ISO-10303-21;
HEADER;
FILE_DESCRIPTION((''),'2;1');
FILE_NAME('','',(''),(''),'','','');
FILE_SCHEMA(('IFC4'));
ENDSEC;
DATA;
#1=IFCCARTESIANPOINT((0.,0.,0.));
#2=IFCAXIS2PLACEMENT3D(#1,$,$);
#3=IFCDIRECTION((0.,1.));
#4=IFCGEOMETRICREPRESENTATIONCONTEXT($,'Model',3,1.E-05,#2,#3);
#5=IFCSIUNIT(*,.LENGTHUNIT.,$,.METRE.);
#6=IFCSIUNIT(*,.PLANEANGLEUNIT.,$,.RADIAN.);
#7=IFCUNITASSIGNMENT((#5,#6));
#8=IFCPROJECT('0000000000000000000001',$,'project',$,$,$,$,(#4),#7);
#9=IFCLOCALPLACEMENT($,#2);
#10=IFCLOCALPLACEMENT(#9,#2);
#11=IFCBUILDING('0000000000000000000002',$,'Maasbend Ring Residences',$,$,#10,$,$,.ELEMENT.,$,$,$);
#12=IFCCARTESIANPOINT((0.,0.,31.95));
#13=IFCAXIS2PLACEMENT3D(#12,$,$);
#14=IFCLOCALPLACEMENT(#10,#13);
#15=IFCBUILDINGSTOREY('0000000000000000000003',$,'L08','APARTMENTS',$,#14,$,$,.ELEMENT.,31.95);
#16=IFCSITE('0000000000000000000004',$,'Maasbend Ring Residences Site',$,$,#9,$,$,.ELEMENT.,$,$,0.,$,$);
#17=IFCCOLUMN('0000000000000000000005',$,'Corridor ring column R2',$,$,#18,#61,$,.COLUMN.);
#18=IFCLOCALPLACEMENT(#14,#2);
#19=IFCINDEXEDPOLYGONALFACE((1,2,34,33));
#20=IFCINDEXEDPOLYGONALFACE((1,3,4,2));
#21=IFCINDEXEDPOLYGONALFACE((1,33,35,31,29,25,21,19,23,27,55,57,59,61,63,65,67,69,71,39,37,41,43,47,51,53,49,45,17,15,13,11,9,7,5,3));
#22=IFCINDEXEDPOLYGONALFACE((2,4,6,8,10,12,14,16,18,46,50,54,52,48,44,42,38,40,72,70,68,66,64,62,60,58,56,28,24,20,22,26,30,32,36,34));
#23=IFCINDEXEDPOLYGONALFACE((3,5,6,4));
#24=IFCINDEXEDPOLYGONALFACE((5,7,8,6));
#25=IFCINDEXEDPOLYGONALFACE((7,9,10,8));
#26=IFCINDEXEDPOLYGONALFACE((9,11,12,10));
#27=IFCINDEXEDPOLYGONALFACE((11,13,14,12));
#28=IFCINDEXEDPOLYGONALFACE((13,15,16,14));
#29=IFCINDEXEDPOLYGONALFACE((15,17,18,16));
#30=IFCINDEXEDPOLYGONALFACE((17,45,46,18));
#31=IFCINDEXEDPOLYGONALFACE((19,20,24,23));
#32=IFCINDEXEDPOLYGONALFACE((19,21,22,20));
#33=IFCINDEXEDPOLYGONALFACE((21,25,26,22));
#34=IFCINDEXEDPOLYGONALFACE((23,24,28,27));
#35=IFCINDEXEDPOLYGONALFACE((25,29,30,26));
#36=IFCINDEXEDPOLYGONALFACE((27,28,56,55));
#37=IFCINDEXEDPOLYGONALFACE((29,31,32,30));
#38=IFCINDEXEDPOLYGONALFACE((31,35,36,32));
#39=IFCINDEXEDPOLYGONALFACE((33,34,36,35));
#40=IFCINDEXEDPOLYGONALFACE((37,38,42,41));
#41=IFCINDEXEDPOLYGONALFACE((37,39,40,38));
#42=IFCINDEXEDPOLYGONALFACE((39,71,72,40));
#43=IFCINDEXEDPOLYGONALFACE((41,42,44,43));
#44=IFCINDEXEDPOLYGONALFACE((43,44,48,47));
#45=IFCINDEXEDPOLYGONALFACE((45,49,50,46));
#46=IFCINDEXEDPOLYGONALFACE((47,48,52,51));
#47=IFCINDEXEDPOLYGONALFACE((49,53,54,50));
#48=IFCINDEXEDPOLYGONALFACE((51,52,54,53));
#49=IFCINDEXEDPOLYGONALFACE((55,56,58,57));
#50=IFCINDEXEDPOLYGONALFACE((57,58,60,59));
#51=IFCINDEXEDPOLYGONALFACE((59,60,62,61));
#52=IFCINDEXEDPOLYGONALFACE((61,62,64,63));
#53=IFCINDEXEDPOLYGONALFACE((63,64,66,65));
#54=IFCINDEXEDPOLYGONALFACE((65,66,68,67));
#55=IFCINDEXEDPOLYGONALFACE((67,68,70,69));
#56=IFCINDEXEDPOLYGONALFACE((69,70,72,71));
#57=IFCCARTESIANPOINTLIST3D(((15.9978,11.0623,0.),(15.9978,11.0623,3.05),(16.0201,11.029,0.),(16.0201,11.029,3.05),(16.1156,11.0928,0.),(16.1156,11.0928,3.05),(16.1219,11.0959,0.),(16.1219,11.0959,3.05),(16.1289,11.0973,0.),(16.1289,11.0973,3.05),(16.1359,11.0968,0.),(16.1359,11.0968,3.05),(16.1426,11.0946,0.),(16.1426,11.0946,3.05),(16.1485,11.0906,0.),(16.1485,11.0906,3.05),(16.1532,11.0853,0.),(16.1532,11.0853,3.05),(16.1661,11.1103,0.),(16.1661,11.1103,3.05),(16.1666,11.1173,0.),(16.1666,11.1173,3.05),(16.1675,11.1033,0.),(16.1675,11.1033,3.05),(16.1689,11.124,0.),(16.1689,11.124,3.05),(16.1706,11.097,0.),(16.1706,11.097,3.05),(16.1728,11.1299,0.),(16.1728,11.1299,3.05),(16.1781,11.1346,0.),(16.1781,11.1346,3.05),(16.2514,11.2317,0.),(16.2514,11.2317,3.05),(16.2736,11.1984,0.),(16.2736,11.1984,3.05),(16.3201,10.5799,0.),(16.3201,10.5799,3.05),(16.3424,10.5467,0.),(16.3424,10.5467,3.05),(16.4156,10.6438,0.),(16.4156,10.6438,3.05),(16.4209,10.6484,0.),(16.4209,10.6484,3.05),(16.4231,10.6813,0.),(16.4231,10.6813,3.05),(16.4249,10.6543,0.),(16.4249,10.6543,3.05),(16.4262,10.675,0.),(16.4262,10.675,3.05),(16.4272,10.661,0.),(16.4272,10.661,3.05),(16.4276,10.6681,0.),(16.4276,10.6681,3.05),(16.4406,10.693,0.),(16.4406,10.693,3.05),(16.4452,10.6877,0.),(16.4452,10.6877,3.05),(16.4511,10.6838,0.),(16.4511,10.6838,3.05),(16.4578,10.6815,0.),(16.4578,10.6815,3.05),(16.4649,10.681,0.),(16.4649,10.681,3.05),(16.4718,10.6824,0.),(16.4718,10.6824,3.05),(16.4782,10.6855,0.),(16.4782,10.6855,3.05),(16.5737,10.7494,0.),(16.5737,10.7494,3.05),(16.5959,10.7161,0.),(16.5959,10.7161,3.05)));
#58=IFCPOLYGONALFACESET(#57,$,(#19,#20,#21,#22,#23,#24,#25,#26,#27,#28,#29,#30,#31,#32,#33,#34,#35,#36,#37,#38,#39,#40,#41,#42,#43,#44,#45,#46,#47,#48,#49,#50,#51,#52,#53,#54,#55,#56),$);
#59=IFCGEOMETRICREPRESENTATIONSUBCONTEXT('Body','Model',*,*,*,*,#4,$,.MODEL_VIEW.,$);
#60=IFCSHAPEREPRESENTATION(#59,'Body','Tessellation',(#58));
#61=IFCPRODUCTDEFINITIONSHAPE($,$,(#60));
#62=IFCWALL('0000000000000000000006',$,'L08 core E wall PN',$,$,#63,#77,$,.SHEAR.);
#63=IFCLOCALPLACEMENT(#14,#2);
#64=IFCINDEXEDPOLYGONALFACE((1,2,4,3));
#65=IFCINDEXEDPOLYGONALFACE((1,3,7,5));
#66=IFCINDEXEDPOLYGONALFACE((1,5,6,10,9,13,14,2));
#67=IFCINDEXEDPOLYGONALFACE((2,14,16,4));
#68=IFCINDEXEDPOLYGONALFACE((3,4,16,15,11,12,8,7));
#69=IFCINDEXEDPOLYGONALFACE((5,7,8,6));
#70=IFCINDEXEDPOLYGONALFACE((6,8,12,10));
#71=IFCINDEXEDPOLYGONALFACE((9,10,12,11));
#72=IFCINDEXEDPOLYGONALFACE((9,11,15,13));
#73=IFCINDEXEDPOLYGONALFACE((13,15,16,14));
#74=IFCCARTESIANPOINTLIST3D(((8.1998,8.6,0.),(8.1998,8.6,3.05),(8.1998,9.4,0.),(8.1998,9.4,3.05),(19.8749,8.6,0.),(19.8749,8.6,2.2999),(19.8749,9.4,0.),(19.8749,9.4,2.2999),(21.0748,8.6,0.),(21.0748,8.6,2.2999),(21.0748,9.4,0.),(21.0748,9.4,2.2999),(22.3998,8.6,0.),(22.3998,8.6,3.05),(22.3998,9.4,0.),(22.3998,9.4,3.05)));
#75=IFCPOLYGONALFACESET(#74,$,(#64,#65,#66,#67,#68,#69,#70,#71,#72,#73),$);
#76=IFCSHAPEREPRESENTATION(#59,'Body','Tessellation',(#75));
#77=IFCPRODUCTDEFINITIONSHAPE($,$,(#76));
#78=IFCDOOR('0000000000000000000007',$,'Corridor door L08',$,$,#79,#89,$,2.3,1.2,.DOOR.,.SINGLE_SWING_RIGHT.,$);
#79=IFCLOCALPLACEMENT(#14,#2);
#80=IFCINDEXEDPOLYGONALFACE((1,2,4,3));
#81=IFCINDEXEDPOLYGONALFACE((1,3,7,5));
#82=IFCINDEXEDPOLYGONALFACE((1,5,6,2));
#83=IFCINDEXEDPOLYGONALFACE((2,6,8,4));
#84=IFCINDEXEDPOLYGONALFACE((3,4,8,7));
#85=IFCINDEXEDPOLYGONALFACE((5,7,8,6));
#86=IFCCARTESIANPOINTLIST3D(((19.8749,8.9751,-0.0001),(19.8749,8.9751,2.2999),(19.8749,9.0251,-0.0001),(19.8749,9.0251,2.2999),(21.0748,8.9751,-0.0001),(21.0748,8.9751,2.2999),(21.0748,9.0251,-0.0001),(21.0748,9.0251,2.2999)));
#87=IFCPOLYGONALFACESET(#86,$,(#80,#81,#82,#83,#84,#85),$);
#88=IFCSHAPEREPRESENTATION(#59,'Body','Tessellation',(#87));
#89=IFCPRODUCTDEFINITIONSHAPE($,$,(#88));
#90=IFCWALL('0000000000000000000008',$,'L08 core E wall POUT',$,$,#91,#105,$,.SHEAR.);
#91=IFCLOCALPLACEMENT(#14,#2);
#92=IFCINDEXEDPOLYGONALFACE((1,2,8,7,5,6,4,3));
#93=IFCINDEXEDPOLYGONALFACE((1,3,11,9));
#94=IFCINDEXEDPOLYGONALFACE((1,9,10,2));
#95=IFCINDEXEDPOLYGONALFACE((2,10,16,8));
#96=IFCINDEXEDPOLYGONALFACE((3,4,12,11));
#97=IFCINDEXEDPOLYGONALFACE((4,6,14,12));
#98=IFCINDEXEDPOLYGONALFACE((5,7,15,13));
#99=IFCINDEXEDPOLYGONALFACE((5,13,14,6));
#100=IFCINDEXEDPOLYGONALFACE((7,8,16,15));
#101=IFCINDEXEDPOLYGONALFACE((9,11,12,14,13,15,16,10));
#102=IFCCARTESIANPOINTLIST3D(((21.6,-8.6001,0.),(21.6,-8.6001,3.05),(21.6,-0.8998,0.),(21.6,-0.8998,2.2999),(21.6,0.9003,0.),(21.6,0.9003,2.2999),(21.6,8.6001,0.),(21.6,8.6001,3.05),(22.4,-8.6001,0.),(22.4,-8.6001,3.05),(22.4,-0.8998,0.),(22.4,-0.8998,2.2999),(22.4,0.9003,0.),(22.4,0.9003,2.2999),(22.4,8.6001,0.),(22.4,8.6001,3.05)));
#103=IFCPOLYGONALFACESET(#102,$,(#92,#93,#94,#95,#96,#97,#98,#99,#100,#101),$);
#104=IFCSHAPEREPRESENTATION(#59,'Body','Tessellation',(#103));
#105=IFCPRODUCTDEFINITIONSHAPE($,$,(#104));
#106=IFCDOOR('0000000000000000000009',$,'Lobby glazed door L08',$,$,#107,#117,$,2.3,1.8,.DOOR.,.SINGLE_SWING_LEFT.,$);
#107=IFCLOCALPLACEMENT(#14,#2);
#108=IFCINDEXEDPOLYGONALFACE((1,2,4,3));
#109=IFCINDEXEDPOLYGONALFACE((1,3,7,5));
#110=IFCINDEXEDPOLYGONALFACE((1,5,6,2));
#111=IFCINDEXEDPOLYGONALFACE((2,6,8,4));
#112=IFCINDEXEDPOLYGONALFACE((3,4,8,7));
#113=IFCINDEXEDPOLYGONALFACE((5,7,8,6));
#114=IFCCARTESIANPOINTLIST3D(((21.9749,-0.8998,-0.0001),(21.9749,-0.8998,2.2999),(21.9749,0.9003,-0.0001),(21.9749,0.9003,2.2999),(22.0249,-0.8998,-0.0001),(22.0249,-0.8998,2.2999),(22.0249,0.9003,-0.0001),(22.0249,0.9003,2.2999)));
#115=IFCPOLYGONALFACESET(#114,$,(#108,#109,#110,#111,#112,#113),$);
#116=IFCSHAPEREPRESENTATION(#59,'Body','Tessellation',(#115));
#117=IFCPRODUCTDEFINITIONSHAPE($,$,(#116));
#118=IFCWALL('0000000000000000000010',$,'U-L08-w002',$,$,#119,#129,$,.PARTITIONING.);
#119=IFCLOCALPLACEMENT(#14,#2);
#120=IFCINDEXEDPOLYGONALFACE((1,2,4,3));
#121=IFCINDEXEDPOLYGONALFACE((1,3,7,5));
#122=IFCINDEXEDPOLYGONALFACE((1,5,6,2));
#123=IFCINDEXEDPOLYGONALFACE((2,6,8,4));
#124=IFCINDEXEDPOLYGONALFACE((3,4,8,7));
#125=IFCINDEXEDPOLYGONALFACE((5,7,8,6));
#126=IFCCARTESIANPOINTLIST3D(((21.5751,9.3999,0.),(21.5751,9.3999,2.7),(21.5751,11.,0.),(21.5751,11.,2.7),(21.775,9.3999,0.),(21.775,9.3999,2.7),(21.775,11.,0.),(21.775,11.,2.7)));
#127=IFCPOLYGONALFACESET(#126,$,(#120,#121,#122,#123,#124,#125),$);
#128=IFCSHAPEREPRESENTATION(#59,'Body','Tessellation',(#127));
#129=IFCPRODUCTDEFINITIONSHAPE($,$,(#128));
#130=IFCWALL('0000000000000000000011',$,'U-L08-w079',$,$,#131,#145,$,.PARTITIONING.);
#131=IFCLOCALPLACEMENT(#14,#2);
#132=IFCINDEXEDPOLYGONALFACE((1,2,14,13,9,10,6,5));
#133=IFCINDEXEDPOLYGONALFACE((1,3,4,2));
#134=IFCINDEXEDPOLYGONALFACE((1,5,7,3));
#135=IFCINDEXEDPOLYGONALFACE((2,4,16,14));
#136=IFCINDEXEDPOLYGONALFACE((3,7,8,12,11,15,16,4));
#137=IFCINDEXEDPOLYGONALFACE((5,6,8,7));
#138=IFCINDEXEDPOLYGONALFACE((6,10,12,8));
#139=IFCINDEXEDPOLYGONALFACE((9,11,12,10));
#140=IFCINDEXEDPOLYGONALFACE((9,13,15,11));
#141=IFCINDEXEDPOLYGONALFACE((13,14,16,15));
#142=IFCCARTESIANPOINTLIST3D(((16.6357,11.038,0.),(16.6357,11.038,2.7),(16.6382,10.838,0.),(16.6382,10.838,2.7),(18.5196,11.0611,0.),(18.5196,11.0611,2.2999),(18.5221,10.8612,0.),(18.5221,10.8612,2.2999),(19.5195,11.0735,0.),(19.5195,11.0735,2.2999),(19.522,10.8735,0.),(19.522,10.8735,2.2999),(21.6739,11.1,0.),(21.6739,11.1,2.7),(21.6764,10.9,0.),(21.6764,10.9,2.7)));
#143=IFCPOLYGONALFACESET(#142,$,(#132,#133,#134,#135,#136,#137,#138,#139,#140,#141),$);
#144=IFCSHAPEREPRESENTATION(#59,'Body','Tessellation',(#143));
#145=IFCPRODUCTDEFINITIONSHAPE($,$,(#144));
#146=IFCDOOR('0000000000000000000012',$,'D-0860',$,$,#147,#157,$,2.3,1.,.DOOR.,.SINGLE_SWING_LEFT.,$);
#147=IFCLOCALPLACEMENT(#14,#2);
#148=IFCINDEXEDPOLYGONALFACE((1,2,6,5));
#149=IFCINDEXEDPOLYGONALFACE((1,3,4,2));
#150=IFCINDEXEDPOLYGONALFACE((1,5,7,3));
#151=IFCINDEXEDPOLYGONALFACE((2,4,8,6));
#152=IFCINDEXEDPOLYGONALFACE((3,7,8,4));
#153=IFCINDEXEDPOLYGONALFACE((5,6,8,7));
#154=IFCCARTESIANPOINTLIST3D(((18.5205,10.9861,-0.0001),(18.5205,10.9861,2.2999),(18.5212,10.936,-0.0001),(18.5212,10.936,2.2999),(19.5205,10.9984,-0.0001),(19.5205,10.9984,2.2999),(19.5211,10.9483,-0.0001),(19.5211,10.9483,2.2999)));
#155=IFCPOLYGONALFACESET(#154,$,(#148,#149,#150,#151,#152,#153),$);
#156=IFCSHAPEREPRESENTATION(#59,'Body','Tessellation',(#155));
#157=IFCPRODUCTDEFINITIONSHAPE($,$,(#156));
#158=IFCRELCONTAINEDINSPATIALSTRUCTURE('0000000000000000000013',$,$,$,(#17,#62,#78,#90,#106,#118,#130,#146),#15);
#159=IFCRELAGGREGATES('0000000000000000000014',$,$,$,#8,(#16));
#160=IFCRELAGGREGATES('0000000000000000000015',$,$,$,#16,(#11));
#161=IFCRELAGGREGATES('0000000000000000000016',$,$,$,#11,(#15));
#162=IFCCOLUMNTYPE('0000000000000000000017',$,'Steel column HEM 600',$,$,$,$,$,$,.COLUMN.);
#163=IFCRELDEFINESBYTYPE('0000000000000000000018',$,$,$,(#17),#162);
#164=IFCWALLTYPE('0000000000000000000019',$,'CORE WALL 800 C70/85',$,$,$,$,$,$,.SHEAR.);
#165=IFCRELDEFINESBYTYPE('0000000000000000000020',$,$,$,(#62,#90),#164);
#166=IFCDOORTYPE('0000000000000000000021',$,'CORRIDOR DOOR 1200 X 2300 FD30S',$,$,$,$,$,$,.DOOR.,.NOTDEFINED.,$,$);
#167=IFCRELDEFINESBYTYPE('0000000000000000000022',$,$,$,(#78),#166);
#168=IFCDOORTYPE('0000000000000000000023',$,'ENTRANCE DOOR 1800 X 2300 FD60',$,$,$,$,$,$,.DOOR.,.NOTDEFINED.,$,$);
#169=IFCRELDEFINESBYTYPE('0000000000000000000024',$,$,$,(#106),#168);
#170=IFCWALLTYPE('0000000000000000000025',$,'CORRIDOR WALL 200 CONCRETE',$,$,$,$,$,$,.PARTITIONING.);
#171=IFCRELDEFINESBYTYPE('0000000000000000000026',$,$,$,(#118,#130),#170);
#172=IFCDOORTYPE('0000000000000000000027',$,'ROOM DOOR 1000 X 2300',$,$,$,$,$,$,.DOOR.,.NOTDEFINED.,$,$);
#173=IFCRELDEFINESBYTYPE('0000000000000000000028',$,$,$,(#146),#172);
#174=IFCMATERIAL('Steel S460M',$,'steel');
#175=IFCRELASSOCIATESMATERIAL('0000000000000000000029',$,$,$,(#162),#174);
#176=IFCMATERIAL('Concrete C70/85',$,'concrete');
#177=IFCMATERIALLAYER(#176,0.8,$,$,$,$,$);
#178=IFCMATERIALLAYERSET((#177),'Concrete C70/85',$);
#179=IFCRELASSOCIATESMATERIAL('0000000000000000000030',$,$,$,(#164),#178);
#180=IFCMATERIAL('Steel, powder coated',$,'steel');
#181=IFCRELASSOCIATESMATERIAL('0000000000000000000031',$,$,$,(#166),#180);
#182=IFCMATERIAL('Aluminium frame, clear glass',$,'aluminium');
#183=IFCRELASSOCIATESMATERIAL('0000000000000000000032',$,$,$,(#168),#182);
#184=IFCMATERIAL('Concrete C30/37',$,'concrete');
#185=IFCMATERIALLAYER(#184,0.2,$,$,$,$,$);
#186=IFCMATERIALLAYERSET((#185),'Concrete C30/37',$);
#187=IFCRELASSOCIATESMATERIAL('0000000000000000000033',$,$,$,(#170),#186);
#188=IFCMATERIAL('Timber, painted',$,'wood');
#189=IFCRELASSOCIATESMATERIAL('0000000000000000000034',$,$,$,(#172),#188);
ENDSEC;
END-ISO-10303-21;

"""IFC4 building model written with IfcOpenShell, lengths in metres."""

from ifc_helpers import new_model, si_unit, direction, frame, frame_2d, origin, origin_2d, place, context, subcontext, project, spatial, rectangle, i_section, extrude, material, layer, layer_set, material_profile, profile_set, type_object, element, fill, save


model = new_model("IFC4")

# Units and contexts
model_context = context("Model", 3, precision=1e-05, world=origin(), true_north=direction((0.0, 1.0)))
body_context = subcontext(model_context, "Body", "Model", "MODEL_VIEW")
ifc_project = project(units=[si_unit("LENGTHUNIT", "METRE"), si_unit("PLANEANGLEUNIT", "RADIAN")], contexts=[model_context])

# Site, building, storey
site_placement = place(None, origin())
site = spatial("IfcSite", under=ifc_project, at=site_placement, Name="Maasbend Ring Residences Site", CompositionType="ELEMENT", RefElevation=0.0)
building_placement = place(site_placement, origin())
building = spatial("IfcBuilding", under=site, at=building_placement, Name="Maasbend Ring Residences", CompositionType="ELEMENT")
storey_placement = place(building_placement, frame((0.0, 0.0, 31.95)))
storey = spatial("IfcBuildingStorey", under=building, at=storey_placement, Name="L08", Description="APARTMENTS", CompositionType="ELEMENT", Elevation=31.95)

# Column
ifc_material_1 = material(Name="Steel S460M", Category="steel")
ifc_material_profile = material_profile(ifc_material_1, i_section(OverallWidth=0.3049, OverallDepth=0.6201, WebThickness=0.021, FlangeThickness=0.04, FilletRadius=0.0271, at=origin_2d()), Name="HEM 600")
ifc_profile_set = profile_set([ifc_material_profile], Name="Steel S460M")
column_type = type_object("IfcColumnType", Name="Steel column HEM 600", PredefinedType="COLUMN", material=ifc_profile_set)
column_placement = place(storey_placement, frame((16.2969, 10.8892, 0.0), z_axis=(0.0, 0.0, 1.0), x_axis=(0.83147, 0.55557, 0.0)))
element("IfcColumn", 1, at=column_placement, inside=storey, type_object=column_type, Name="Corridor ring column R2", PredefinedType="COLUMN", context=body_context, shape_type="SweptSolid", body=[
    extrude(i_section(OverallWidth=0.3049, OverallDepth=0.6201, WebThickness=0.021, FlangeThickness=0.04, FilletRadius=0.0271, at=origin_2d()), origin(), (0.0, 0.0, 1.0), 3.05),
])

# Walls, openings, doors
ifc_material_2 = material(Name="Concrete C70/85", Category="concrete")
ifc_layer_1 = layer(ifc_material_2, 0.8)
ifc_layer_set_1 = layer_set([ifc_layer_1], Name="Concrete C70/85")
wall_type_1 = type_object("IfcWallType", Name="CORE WALL 800 C70/85", PredefinedType="SHEAR", material=ifc_layer_set_1)
wall_1_placement = place(storey_placement, frame((22.3999, 9.0, 0.0), z_axis=(0.0, 0.0, 1.0), x_axis=(-1.0, 0.0, 0.0)))
wall_1 = element("IfcWall", 2, at=wall_1_placement, inside=storey, type_object=wall_type_1, Name="L08 core E wall PN", PredefinedType="SHEAR", context=body_context, shape_type="SweptSolid", body=[
    extrude(rectangle(XDim=14.2, YDim=0.8, at=frame_2d((7.1001, 0.0))), origin(), (0.0, 0.0, 1.0), 3.05),
])
opening_1_placement = place(wall_1_placement, frame((1.325, 0.0, 0.0)))
opening_1 = element("IfcOpeningElement", 3, at=opening_1_placement, cuts=wall_1, PredefinedType="OPENING", context=body_context, shape_type="SweptSolid", body=[
    extrude(rectangle(XDim=1.2, YDim=2.3, at=frame_2d((0.6001, 1.1499))), frame((0.0, 0.4102, 0.0), z_axis=(0.0, -1.0, 0.0), x_axis=(1.0, 0.0, 0.0)), (0.0, 0.0, 1.0), 0.8201),
])
ifc_material_3 = material(Name="Steel, powder coated", Category="steel")
door_type_1 = type_object("IfcDoorType", Name="CORRIDOR DOOR 1200 X 2300 FD30S", OperationType="NOTDEFINED", PredefinedType="DOOR", material=ifc_material_3)
door_1_placement = place(opening_1_placement, origin())
door_1 = element("IfcDoor", 4, at=door_1_placement, inside=storey, type_object=door_type_1, Name="Corridor door L08", OperationType="SINGLE_SWING_RIGHT", OverallHeight=2.3, OverallWidth=1.2, PredefinedType="DOOR", context=body_context, shape_type="SweptSolid", body=[
    extrude(rectangle(XDim=1.2, YDim=2.3, at=frame_2d((0.6001, 1.1499))), frame((0.0, 0.0249, 0.0), z_axis=(0.0, -1.0, 0.0), x_axis=(1.0, 0.0, 0.0)), (0.0, 0.0, 1.0), 0.05),
])
fill(opening_1, door_1)
wall_2_placement = place(storey_placement, frame((22.0, 8.6001, 0.0), z_axis=(0.0, 0.0, 1.0), x_axis=(0.0, -1.0, 0.0)))
wall_2 = element("IfcWall", 5, at=wall_2_placement, inside=storey, type_object=wall_type_1, Name="L08 core E wall POUT", PredefinedType="SHEAR", context=body_context, shape_type="SweptSolid", body=[
    extrude(rectangle(XDim=17.2002, YDim=0.8, at=frame_2d((8.6001, 0.0))), origin(), (0.0, 0.0, 1.0), 3.05),
])
opening_2_placement = place(wall_2_placement, frame((7.7, 0.0, 0.0)))
opening_2 = element("IfcOpeningElement", 6, at=opening_2_placement, cuts=wall_2, PredefinedType="OPENING", context=body_context, shape_type="SweptSolid", body=[
    extrude(rectangle(XDim=1.8, YDim=2.3, at=frame_2d((0.8999, 1.1499))), frame((0.0, 0.4102, 0.0), z_axis=(0.0, -1.0, 0.0), x_axis=(1.0, 0.0, 0.0)), (0.0, 0.0, 1.0), 0.8201),
])
ifc_material_4 = material(Name="Aluminium frame, clear glass", Category="aluminium")
door_type_2 = type_object("IfcDoorType", Name="ENTRANCE DOOR 1800 X 2300 FD60", OperationType="NOTDEFINED", PredefinedType="DOOR", material=ifc_material_4)
door_2_placement = place(opening_2_placement, origin())
door_2 = element("IfcDoor", 7, at=door_2_placement, inside=storey, type_object=door_type_2, Name="Lobby glazed door L08", OperationType="SINGLE_SWING_LEFT", OverallHeight=2.3, OverallWidth=1.8, PredefinedType="DOOR", context=body_context, shape_type="SweptSolid", body=[
    extrude(rectangle(XDim=1.8, YDim=2.3, at=frame_2d((0.8999, 1.1499))), frame((0.0, 0.0249, 0.0), z_axis=(0.0, -1.0, 0.0), x_axis=(1.0, 0.0, 0.0)), (0.0, 0.0, 1.0), 0.05),
])
fill(opening_2, door_2)

# Wall
ifc_material_5 = material(Name="Concrete C30/37", Category="concrete")
ifc_layer_2 = layer(ifc_material_5, 0.2)
ifc_layer_set_2 = layer_set([ifc_layer_2], Name="Concrete C30/37")
wall_type_2 = type_object("IfcWallType", Name="CORRIDOR WALL 200 CONCRETE", PredefinedType="PARTITIONING", material=ifc_layer_set_2)
wall_3_placement = place(storey_placement, frame((21.675, 9.3999, 0.0), z_axis=(0.0, 0.0, 1.0), x_axis=(0.0, 1.0, 0.0)))
element("IfcWall", 8, at=wall_3_placement, inside=storey, type_object=wall_type_2, Name="U-L08-w002", PredefinedType="PARTITIONING", context=body_context, shape_type="SweptSolid", body=[
    extrude(rectangle(XDim=1.6001, YDim=0.2, at=frame_2d((0.8, 0.0))), origin(), (0.0, 0.0, 1.0), 2.7),
])

# Wall, opening, door
wall_4_placement = place(storey_placement, frame((16.637, 10.938, 0.0), z_axis=(0.0, 0.0, 1.0), x_axis=(0.999924, 0.012308, 0.0)))
wall_4 = element("IfcWall", 9, at=wall_4_placement, inside=storey, type_object=wall_type_2, Name="U-L08-w079", PredefinedType="PARTITIONING", context=body_context, shape_type="SweptSolid", body=[
    extrude(rectangle(XDim=5.0386, YDim=0.2, at=frame_2d((2.5193, 0.0))), origin(), (0.0, 0.0, 1.0), 2.7),
])
opening_3_placement = place(wall_4_placement, frame((1.884, 0.0, 0.0)))
opening_3 = element("IfcOpeningElement", 10, at=opening_3_placement, cuts=wall_4, PredefinedType="OPENING", context=body_context, shape_type="SweptSolid", body=[
    extrude(rectangle(XDim=1.0, YDim=2.3, at=frame_2d((0.5, 1.1499))), frame((0.0, 0.1099, 0.0), z_axis=(0.0, -1.0, 0.0), x_axis=(1.0, 0.0, 0.0)), (0.0, 0.0, 1.0), 0.22),
])
ifc_material_6 = material(Name="Timber, painted", Category="wood")
door_type_3 = type_object("IfcDoorType", Name="ROOM DOOR 1000 X 2300", OperationType="NOTDEFINED", PredefinedType="DOOR", material=ifc_material_6)
door_3_placement = place(opening_3_placement, origin())
door_3 = element("IfcDoor", 11, at=door_3_placement, inside=storey, type_object=door_type_3, Name="D-0860", OperationType="SINGLE_SWING_LEFT", OverallHeight=2.3, OverallWidth=1.0, PredefinedType="DOOR", context=body_context, shape_type="SweptSolid", body=[
    extrude(rectangle(XDim=1.0, YDim=2.3, at=frame_2d((0.5, 1.1499))), frame((0.0, 0.0249, 0.0), z_axis=(0.0, -1.0, 0.0), x_axis=(1.0, 0.0, 0.0)), (0.0, 0.0, 1.0), 0.05),
])
fill(opening_3, door_3)

save(model, "model.ifc")
